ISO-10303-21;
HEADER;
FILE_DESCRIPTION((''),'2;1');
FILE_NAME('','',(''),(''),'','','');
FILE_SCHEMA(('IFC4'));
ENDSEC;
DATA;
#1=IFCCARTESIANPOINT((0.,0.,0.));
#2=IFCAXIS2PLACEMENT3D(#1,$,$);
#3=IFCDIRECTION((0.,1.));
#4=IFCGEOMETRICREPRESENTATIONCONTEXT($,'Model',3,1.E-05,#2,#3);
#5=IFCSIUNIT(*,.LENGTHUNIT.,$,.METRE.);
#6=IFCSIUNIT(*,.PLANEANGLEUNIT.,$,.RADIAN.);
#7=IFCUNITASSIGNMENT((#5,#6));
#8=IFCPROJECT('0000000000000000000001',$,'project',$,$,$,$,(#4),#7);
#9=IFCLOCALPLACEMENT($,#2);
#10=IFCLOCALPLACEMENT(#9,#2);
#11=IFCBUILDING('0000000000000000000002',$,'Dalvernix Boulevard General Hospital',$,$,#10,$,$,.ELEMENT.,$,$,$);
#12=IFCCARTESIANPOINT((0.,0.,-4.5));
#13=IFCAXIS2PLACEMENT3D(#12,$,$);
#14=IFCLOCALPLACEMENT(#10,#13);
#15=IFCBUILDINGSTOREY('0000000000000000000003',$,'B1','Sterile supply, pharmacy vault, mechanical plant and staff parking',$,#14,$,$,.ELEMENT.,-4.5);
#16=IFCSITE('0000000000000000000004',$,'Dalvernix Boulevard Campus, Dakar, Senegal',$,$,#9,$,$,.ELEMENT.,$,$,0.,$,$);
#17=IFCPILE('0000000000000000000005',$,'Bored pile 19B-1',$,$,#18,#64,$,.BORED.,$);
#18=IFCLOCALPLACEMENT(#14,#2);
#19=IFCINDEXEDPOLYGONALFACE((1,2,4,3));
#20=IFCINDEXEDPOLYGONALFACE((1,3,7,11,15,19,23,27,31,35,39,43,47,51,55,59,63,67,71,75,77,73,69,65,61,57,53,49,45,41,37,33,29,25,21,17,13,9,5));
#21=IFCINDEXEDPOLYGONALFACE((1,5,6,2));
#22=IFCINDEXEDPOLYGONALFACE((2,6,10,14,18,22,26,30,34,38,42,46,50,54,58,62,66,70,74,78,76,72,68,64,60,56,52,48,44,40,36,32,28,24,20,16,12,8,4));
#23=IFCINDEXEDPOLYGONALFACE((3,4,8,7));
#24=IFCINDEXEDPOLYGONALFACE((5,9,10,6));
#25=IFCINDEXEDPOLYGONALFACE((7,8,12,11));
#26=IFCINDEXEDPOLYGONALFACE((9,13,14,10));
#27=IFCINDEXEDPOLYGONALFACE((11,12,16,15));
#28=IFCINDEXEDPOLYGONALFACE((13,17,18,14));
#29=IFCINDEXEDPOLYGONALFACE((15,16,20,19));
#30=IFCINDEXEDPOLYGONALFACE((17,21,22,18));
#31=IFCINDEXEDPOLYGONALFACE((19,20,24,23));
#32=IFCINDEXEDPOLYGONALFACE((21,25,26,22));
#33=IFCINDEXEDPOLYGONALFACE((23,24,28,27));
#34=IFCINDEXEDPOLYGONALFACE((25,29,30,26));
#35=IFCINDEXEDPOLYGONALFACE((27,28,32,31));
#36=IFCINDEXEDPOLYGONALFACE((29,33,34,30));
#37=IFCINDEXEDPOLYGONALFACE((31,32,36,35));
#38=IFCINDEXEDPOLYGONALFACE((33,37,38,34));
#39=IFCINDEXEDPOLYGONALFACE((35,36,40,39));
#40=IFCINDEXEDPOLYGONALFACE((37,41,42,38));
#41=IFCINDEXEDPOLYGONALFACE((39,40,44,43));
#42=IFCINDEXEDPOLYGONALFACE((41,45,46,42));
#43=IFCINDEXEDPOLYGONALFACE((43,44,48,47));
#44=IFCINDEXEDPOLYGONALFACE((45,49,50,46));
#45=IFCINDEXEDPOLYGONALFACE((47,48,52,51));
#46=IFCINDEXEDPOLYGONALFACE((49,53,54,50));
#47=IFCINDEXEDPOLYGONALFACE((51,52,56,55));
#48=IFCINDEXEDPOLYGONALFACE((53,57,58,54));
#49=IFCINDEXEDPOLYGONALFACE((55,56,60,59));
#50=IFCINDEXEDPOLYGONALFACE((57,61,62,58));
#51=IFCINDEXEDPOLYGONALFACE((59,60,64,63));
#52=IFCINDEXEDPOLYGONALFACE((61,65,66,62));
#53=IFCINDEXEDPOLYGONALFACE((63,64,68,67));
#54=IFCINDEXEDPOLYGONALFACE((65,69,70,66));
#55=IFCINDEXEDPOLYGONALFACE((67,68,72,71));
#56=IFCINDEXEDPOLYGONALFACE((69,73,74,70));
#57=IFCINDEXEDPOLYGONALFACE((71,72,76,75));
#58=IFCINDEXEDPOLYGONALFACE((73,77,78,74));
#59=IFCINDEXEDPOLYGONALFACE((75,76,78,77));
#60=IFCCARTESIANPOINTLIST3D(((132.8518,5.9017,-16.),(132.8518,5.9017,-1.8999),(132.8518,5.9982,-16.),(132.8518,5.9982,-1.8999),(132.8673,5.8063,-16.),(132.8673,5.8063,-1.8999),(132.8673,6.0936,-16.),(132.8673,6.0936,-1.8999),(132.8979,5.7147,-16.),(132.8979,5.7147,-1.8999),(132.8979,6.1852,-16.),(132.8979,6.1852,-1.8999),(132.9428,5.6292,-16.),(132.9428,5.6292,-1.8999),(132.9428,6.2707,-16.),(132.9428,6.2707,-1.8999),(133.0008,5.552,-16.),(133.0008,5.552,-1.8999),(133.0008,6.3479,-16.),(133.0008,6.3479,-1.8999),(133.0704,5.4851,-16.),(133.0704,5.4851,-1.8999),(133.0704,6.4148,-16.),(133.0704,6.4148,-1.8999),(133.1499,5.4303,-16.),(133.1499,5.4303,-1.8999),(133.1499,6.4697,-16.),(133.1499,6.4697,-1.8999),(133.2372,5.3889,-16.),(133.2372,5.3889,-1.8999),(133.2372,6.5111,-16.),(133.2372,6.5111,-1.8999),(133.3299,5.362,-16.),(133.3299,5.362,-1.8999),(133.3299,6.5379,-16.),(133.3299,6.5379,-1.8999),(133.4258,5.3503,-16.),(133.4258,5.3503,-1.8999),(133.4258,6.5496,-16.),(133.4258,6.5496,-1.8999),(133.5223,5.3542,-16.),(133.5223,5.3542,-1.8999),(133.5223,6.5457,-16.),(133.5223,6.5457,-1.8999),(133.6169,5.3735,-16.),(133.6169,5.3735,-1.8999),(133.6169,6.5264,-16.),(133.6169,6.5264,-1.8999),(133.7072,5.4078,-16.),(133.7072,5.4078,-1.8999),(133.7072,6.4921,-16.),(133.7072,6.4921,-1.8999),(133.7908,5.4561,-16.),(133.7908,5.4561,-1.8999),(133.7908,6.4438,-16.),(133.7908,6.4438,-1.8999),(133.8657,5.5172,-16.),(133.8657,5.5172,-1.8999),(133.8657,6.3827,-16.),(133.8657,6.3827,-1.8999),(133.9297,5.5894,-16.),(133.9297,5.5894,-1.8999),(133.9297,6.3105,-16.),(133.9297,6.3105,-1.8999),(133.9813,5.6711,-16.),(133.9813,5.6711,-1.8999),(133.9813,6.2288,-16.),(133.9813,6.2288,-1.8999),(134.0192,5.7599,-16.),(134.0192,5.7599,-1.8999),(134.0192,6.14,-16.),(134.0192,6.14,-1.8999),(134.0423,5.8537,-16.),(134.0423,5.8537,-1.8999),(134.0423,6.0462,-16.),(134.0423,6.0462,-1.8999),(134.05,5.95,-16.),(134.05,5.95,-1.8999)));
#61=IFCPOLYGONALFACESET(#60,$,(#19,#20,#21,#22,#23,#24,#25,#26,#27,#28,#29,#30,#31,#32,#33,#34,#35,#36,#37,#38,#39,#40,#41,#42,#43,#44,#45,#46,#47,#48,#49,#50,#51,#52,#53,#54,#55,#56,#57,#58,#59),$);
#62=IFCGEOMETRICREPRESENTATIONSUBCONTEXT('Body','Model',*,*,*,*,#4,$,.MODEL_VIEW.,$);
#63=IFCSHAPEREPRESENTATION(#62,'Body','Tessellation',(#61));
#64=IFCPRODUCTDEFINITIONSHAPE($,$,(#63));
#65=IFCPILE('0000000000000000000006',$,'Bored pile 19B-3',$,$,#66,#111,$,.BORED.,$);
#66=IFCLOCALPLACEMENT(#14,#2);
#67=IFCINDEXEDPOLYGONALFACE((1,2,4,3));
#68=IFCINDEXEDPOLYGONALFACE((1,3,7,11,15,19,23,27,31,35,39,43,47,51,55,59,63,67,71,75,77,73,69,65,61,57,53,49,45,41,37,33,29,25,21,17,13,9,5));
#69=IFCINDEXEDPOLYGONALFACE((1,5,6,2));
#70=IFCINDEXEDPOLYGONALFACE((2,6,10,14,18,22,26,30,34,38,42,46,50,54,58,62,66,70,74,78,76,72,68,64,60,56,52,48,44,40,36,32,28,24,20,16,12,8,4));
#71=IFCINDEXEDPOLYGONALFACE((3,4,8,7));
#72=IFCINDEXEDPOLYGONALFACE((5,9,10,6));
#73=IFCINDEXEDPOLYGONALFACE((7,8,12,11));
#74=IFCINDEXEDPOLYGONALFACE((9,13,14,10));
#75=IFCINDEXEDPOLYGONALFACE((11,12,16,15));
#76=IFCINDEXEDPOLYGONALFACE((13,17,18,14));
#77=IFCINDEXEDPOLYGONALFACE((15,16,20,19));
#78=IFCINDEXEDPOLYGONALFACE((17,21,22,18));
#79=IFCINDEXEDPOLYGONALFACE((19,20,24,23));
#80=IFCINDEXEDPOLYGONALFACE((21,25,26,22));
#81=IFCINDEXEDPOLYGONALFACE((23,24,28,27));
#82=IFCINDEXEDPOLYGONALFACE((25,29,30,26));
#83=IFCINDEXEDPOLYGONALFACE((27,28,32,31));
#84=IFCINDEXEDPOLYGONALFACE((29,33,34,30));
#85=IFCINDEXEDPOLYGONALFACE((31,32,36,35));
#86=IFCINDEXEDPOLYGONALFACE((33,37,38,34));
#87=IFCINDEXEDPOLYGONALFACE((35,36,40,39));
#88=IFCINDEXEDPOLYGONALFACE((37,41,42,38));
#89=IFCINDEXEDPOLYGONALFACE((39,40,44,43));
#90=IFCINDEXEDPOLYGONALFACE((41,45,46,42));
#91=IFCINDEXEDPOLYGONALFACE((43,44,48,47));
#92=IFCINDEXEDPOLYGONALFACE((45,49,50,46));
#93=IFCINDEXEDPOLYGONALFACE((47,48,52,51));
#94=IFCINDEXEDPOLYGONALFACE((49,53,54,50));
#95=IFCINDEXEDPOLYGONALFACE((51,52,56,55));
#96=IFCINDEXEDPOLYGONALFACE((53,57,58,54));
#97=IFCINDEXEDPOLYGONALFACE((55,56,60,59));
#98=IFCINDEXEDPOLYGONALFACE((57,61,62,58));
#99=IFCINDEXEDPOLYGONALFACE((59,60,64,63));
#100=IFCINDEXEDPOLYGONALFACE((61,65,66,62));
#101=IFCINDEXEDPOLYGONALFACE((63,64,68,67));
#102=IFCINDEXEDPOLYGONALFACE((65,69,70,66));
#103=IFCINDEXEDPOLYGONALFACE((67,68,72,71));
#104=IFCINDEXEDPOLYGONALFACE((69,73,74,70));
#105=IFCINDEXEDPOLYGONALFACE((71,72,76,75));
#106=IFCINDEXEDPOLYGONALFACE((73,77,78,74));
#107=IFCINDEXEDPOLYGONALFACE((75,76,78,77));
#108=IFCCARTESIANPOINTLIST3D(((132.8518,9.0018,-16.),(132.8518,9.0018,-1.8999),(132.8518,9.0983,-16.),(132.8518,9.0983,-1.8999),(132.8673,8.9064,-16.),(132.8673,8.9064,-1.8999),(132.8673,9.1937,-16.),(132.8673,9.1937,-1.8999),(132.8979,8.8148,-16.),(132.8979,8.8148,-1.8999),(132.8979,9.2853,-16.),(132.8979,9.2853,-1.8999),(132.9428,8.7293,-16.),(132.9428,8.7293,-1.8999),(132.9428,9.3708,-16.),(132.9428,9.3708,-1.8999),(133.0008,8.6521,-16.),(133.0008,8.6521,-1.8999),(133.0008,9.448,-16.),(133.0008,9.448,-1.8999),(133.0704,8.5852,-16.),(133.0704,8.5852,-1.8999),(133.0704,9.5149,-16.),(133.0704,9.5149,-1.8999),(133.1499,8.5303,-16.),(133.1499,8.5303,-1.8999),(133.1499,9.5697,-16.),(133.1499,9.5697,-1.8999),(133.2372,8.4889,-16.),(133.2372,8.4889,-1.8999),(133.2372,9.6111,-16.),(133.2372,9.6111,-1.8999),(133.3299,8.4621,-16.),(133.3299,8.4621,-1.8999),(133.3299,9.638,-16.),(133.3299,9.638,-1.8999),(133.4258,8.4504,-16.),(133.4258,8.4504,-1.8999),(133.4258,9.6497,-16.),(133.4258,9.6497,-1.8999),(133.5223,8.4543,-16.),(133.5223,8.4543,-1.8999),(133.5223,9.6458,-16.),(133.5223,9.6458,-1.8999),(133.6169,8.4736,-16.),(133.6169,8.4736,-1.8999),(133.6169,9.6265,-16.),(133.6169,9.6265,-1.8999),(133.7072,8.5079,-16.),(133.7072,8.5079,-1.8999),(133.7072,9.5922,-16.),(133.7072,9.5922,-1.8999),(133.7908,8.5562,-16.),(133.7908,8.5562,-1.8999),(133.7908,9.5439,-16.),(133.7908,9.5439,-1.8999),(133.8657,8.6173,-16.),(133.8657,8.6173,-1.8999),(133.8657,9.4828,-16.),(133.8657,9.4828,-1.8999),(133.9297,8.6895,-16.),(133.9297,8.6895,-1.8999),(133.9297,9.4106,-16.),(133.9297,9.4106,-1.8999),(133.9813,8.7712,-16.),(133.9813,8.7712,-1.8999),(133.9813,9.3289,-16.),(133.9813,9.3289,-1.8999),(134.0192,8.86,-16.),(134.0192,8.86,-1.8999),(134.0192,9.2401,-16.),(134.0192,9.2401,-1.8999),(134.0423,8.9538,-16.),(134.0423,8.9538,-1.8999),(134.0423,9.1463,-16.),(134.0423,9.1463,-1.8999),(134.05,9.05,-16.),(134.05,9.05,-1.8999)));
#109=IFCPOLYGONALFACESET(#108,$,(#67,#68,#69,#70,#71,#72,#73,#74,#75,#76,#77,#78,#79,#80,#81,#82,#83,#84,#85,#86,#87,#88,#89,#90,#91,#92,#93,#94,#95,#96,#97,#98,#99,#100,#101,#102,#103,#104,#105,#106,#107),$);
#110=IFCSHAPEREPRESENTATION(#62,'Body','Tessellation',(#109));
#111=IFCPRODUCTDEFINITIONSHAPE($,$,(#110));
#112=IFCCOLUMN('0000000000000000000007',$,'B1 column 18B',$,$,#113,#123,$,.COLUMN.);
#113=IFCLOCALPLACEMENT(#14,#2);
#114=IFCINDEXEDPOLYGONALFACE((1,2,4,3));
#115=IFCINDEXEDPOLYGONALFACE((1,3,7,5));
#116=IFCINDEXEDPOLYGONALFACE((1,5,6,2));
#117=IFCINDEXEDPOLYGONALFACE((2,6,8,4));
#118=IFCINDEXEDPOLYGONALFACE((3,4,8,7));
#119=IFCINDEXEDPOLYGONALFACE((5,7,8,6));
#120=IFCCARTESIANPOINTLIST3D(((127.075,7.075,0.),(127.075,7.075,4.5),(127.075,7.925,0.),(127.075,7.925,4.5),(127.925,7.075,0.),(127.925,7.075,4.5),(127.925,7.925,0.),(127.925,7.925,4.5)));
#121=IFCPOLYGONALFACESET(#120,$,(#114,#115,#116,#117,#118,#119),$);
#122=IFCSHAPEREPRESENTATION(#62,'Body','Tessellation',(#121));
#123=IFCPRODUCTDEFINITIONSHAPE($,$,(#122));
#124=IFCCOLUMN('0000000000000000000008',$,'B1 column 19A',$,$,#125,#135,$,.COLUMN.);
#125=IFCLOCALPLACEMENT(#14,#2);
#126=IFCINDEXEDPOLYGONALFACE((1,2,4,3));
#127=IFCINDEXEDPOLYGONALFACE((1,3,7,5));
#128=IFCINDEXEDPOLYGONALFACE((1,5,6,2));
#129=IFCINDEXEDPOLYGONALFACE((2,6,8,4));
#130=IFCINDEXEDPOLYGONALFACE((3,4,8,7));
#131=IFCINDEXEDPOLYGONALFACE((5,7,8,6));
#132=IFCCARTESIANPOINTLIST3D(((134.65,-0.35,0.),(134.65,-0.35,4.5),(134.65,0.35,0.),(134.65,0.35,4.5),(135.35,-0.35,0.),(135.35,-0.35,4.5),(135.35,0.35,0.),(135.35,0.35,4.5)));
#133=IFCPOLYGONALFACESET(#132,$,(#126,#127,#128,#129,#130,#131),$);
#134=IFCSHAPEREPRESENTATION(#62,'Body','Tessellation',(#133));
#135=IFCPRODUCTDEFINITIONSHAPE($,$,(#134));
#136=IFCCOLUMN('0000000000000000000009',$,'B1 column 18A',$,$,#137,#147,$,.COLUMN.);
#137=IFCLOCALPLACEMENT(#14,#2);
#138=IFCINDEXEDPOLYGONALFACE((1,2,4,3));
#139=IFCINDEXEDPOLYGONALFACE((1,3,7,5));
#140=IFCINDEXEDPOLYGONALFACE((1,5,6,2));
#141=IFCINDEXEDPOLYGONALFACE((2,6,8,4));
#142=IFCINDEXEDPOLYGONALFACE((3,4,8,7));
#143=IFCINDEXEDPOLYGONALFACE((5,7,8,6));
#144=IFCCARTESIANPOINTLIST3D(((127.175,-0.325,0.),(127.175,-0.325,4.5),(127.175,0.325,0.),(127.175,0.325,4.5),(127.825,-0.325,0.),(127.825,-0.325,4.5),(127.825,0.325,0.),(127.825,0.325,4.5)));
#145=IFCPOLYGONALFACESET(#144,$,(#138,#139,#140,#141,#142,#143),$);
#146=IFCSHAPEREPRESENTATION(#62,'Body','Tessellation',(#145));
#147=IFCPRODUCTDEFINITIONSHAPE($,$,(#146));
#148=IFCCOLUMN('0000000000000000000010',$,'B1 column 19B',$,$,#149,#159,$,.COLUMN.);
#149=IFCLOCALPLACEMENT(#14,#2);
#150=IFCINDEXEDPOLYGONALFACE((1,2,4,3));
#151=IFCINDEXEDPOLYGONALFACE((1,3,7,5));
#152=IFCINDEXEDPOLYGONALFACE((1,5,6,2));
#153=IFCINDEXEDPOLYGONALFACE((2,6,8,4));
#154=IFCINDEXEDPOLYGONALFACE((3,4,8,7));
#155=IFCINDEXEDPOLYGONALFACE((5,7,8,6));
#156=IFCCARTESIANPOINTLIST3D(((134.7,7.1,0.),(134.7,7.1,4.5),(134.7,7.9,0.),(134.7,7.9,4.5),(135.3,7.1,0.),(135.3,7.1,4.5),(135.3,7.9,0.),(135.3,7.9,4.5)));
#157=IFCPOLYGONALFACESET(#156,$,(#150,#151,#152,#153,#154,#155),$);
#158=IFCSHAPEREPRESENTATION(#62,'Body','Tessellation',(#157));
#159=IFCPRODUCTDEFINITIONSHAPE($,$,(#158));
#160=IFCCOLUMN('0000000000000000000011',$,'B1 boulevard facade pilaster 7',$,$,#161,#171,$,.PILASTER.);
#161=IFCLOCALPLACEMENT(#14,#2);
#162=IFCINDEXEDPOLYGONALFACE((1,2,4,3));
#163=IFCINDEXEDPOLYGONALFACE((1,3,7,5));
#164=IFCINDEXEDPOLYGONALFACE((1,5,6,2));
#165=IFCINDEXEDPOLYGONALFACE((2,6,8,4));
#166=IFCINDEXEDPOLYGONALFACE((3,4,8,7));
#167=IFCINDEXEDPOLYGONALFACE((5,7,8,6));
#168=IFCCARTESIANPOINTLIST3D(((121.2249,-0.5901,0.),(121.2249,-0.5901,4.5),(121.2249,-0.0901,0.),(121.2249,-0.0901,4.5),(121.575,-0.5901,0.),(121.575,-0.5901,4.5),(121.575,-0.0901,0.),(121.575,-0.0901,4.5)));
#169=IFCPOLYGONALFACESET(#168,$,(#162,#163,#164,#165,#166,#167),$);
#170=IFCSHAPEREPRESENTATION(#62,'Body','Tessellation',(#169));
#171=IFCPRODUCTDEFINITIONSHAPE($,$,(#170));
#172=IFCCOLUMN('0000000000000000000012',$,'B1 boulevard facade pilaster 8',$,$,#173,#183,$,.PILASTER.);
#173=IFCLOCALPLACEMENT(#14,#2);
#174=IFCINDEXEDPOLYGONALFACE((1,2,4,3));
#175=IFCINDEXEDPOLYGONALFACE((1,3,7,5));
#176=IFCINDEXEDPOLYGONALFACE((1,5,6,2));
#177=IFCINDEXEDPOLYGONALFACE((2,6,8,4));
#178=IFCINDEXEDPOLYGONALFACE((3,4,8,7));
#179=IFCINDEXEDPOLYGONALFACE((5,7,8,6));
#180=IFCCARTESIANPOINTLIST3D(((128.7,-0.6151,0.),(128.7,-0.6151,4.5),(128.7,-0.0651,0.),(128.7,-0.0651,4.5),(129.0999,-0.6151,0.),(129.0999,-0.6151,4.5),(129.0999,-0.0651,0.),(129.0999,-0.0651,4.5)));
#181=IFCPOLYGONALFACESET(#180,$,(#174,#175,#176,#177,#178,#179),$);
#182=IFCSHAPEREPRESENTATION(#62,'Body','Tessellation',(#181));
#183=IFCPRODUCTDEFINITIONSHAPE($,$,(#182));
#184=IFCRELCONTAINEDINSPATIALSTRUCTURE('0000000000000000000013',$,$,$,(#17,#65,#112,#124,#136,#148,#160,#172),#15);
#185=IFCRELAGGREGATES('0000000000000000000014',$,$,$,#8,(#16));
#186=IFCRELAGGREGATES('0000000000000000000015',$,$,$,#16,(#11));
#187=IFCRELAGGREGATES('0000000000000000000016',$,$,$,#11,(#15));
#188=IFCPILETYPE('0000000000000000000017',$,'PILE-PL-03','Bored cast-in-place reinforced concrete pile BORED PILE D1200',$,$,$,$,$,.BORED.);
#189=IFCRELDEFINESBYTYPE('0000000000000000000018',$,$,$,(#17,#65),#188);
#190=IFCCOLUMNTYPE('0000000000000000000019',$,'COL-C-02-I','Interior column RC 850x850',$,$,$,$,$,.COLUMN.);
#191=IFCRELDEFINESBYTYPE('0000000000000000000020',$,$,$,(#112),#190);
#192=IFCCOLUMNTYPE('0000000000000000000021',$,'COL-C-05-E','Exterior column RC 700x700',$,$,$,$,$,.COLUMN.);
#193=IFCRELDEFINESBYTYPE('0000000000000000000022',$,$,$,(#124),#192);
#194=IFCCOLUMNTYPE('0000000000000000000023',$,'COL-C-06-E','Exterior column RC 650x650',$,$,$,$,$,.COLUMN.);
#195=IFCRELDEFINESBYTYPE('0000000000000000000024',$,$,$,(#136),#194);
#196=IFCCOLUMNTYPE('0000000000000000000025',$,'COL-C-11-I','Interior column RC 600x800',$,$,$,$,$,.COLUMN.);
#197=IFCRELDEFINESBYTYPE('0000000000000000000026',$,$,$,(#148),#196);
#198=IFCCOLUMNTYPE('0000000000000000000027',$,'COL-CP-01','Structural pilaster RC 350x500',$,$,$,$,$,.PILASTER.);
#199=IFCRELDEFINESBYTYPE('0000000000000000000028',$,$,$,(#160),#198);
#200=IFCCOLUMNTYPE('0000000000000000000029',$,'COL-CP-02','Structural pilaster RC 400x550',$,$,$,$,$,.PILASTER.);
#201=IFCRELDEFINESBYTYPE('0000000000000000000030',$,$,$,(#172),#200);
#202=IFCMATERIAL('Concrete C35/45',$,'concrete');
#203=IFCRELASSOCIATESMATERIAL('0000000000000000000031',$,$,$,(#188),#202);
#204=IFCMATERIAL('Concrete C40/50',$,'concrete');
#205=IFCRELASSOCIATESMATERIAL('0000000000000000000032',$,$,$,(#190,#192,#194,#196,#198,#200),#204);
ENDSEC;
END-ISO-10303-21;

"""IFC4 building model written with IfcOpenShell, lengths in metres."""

from ifc_helpers import new_model, si_unit, direction, frame, origin, origin_2d, place, context, subcontext, project, spatial, rectangle, circle, extrude, material, material_profile, profile_set, type_object, element, save


model = new_model("IFC4")

# Units and contexts
model_context = context("Model", 3, precision=1e-05, world=origin(), true_north=direction((0.0, 1.0)))
body_context = subcontext(model_context, "Body", "Model", "MODEL_VIEW")
ifc_project = project(units=[si_unit("LENGTHUNIT", "METRE"), si_unit("PLANEANGLEUNIT", "RADIAN")], contexts=[model_context])

# Site, building, storey
site_placement = place(None, origin())
site = spatial("IfcSite", under=ifc_project, at=site_placement, Name="Dalvernix Boulevard Campus, Dakar, Senegal", CompositionType="ELEMENT", RefElevation=0.0)
building_placement = place(site_placement, origin())
building = spatial("IfcBuilding", under=site, at=building_placement, Name="Dalvernix Boulevard General Hospital", CompositionType="ELEMENT")
storey_placement = place(building_placement, frame((0.0, 0.0, -4.5)))
storey = spatial("IfcBuildingStorey", under=building, at=storey_placement, Name="B1", Description="Sterile supply, pharmacy vault, mechanical plant and staff parking", CompositionType="ELEMENT", Elevation=-4.5)

# Shared definitions
ifc_material_1 = material(Name="Concrete C35/45", Category="concrete")
ifc_material_2 = material(Name="Concrete C40/50", Category="concrete")

# Piles
ifc_material_profile_1 = material_profile(ifc_material_1, circle(Radius=0.6001, at=origin_2d()), Name="BORED PILE D1200")
ifc_profile_set_1 = profile_set([ifc_material_profile_1], Name="Concrete C35/45")
pile_type_1 = type_object("IfcPileType", Name="PILE-PL-03", Description="Bored cast-in-place reinforced concrete pile BORED PILE D1200", PredefinedType="BORED", material=ifc_profile_set_1)
for number, where, z_axis, x_axis, name in (
    (1, (133.45, 5.95, -1.8999), (0.0, 0.0, -1.0), (1.0, 0.0, 0.0), "Bored pile 19B-1"),
    (2, (133.45, 9.05, -1.8999), (0.0, 0.0, -1.0), (1.0, 0.0, 0.0), "Bored pile 19B-3"),
):
    element("IfcPile", number, at=place(storey_placement, frame(where, z_axis=z_axis, x_axis=x_axis)), inside=storey, type_object=pile_type_1, Name=name, PredefinedType="BORED", context=body_context, shape_type="SweptSolid", body=[
        extrude(circle(Radius=0.6001, at=origin_2d()), origin(), (0.0, 0.0, 1.0), 14.1001),
    ])

# Columns
ifc_material_profile_2 = material_profile(ifc_material_2, rectangle(XDim=0.8501, YDim=0.8501, at=origin_2d()), Name="RC 850x850")
ifc_profile_set_2 = profile_set([ifc_material_profile_2], Name="Concrete C40/50")
column_type_1 = type_object("IfcColumnType", Name="COL-C-02-I", Description="Interior column RC 850x850", PredefinedType="COLUMN", material=ifc_profile_set_2)
column_1_placement = place(storey_placement, frame((127.5, 7.5, 0.0), z_axis=(0.0, 0.0, 1.0), x_axis=(1.0, 0.0, 0.0)))
element("IfcColumn", 3, at=column_1_placement, inside=storey, type_object=column_type_1, Name="B1 column 18B", PredefinedType="COLUMN", context=body_context, shape_type="SweptSolid", body=[
    extrude(rectangle(XDim=0.8501, YDim=0.8501, at=origin_2d()), origin(), (0.0, 0.0, 1.0), 4.5),
])
ifc_material_profile_3 = material_profile(ifc_material_2, rectangle(XDim=0.7, YDim=0.7, at=origin_2d()), Name="RC 700x700")
ifc_profile_set_3 = profile_set([ifc_material_profile_3], Name="Concrete C40/50")
column_type_2 = type_object("IfcColumnType", Name="COL-C-05-E", Description="Exterior column RC 700x700", PredefinedType="COLUMN", material=ifc_profile_set_3)
column_2_placement = place(storey_placement, frame((135.0, 0.0, 0.0), z_axis=(0.0, 0.0, 1.0), x_axis=(1.0, 0.0, 0.0)))
element("IfcColumn", 4, at=column_2_placement, inside=storey, type_object=column_type_2, Name="B1 column 19A", PredefinedType="COLUMN", context=body_context, shape_type="SweptSolid", body=[
    extrude(rectangle(XDim=0.7, YDim=0.7, at=origin_2d()), origin(), (0.0, 0.0, 1.0), 4.5),
])
ifc_material_profile_4 = material_profile(ifc_material_2, rectangle(XDim=0.6499, YDim=0.6499, at=origin_2d()), Name="RC 650x650")
ifc_profile_set_4 = profile_set([ifc_material_profile_4], Name="Concrete C40/50")
column_type_3 = type_object("IfcColumnType", Name="COL-C-06-E", Description="Exterior column RC 650x650", PredefinedType="COLUMN", material=ifc_profile_set_4)
column_3_placement = place(storey_placement, frame((127.5, 0.0, 0.0), z_axis=(0.0, 0.0, 1.0), x_axis=(1.0, 0.0, 0.0)))
element("IfcColumn", 5, at=column_3_placement, inside=storey, type_object=column_type_3, Name="B1 column 18A", PredefinedType="COLUMN", context=body_context, shape_type="SweptSolid", body=[
    extrude(rectangle(XDim=0.6499, YDim=0.6499, at=origin_2d()), origin(), (0.0, 0.0, 1.0), 4.5),
])
ifc_material_profile_5 = material_profile(ifc_material_2, rectangle(XDim=0.6001, YDim=0.8, at=origin_2d()), Name="RC 600x800")
ifc_profile_set_5 = profile_set([ifc_material_profile_5], Name="Concrete C40/50")
column_type_4 = type_object("IfcColumnType", Name="COL-C-11-I", Description="Interior column RC 600x800", PredefinedType="COLUMN", material=ifc_profile_set_5)
column_4_placement = place(storey_placement, frame((135.0, 7.5, 0.0), z_axis=(0.0, 0.0, 1.0), x_axis=(1.0, 0.0, 0.0)))
element("IfcColumn", 6, at=column_4_placement, inside=storey, type_object=column_type_4, Name="B1 column 19B", PredefinedType="COLUMN", context=body_context, shape_type="SweptSolid", body=[
    extrude(rectangle(XDim=0.6001, YDim=0.8, at=origin_2d()), origin(), (0.0, 0.0, 1.0), 4.5),
])
ifc_material_profile_6 = material_profile(ifc_material_2, rectangle(XDim=0.3501, YDim=0.5, at=origin_2d()), Name="RC 350x500")
ifc_profile_set_6 = profile_set([ifc_material_profile_6], Name="Concrete C40/50")
column_type_5 = type_object("IfcColumnType", Name="COL-CP-01", Description="Structural pilaster RC 350x500", PredefinedType="PILASTER", material=ifc_profile_set_6)
column_5_placement = place(storey_placement, frame((121.3999, -0.3401, 0.0), z_axis=(0.0, 0.0, 1.0), x_axis=(1.0, 0.0, 0.0)))
element("IfcColumn", 7, at=column_5_placement, inside=storey, type_object=column_type_5, Name="B1 boulevard facade pilaster 7", PredefinedType="PILASTER", context=body_context, shape_type="SweptSolid", body=[
    extrude(rectangle(XDim=0.3501, YDim=0.5, at=origin_2d()), origin(), (0.0, 0.0, 1.0), 4.5),
])
ifc_material_profile_7 = material_profile(ifc_material_2, rectangle(XDim=0.3999, YDim=0.55, at=origin_2d()), Name="RC 400x550")
ifc_profile_set_7 = profile_set([ifc_material_profile_7], Name="Concrete C40/50")
column_type_6 = type_object("IfcColumnType", Name="COL-CP-02", Description="Structural pilaster RC 400x550", PredefinedType="PILASTER", material=ifc_profile_set_7)
column_6_placement = place(storey_placement, frame((128.8999, -0.3401, 0.0), z_axis=(0.0, 0.0, 1.0), x_axis=(1.0, 0.0, 0.0)))
element("IfcColumn", 8, at=column_6_placement, inside=storey, type_object=column_type_6, Name="B1 boulevard facade pilaster 8", PredefinedType="PILASTER", context=body_context, shape_type="SweptSolid", body=[
    extrude(rectangle(XDim=0.3999, YDim=0.55, at=origin_2d()), origin(), (0.0, 0.0, 1.0), 4.5),
])

save(model, "model.ifc")
